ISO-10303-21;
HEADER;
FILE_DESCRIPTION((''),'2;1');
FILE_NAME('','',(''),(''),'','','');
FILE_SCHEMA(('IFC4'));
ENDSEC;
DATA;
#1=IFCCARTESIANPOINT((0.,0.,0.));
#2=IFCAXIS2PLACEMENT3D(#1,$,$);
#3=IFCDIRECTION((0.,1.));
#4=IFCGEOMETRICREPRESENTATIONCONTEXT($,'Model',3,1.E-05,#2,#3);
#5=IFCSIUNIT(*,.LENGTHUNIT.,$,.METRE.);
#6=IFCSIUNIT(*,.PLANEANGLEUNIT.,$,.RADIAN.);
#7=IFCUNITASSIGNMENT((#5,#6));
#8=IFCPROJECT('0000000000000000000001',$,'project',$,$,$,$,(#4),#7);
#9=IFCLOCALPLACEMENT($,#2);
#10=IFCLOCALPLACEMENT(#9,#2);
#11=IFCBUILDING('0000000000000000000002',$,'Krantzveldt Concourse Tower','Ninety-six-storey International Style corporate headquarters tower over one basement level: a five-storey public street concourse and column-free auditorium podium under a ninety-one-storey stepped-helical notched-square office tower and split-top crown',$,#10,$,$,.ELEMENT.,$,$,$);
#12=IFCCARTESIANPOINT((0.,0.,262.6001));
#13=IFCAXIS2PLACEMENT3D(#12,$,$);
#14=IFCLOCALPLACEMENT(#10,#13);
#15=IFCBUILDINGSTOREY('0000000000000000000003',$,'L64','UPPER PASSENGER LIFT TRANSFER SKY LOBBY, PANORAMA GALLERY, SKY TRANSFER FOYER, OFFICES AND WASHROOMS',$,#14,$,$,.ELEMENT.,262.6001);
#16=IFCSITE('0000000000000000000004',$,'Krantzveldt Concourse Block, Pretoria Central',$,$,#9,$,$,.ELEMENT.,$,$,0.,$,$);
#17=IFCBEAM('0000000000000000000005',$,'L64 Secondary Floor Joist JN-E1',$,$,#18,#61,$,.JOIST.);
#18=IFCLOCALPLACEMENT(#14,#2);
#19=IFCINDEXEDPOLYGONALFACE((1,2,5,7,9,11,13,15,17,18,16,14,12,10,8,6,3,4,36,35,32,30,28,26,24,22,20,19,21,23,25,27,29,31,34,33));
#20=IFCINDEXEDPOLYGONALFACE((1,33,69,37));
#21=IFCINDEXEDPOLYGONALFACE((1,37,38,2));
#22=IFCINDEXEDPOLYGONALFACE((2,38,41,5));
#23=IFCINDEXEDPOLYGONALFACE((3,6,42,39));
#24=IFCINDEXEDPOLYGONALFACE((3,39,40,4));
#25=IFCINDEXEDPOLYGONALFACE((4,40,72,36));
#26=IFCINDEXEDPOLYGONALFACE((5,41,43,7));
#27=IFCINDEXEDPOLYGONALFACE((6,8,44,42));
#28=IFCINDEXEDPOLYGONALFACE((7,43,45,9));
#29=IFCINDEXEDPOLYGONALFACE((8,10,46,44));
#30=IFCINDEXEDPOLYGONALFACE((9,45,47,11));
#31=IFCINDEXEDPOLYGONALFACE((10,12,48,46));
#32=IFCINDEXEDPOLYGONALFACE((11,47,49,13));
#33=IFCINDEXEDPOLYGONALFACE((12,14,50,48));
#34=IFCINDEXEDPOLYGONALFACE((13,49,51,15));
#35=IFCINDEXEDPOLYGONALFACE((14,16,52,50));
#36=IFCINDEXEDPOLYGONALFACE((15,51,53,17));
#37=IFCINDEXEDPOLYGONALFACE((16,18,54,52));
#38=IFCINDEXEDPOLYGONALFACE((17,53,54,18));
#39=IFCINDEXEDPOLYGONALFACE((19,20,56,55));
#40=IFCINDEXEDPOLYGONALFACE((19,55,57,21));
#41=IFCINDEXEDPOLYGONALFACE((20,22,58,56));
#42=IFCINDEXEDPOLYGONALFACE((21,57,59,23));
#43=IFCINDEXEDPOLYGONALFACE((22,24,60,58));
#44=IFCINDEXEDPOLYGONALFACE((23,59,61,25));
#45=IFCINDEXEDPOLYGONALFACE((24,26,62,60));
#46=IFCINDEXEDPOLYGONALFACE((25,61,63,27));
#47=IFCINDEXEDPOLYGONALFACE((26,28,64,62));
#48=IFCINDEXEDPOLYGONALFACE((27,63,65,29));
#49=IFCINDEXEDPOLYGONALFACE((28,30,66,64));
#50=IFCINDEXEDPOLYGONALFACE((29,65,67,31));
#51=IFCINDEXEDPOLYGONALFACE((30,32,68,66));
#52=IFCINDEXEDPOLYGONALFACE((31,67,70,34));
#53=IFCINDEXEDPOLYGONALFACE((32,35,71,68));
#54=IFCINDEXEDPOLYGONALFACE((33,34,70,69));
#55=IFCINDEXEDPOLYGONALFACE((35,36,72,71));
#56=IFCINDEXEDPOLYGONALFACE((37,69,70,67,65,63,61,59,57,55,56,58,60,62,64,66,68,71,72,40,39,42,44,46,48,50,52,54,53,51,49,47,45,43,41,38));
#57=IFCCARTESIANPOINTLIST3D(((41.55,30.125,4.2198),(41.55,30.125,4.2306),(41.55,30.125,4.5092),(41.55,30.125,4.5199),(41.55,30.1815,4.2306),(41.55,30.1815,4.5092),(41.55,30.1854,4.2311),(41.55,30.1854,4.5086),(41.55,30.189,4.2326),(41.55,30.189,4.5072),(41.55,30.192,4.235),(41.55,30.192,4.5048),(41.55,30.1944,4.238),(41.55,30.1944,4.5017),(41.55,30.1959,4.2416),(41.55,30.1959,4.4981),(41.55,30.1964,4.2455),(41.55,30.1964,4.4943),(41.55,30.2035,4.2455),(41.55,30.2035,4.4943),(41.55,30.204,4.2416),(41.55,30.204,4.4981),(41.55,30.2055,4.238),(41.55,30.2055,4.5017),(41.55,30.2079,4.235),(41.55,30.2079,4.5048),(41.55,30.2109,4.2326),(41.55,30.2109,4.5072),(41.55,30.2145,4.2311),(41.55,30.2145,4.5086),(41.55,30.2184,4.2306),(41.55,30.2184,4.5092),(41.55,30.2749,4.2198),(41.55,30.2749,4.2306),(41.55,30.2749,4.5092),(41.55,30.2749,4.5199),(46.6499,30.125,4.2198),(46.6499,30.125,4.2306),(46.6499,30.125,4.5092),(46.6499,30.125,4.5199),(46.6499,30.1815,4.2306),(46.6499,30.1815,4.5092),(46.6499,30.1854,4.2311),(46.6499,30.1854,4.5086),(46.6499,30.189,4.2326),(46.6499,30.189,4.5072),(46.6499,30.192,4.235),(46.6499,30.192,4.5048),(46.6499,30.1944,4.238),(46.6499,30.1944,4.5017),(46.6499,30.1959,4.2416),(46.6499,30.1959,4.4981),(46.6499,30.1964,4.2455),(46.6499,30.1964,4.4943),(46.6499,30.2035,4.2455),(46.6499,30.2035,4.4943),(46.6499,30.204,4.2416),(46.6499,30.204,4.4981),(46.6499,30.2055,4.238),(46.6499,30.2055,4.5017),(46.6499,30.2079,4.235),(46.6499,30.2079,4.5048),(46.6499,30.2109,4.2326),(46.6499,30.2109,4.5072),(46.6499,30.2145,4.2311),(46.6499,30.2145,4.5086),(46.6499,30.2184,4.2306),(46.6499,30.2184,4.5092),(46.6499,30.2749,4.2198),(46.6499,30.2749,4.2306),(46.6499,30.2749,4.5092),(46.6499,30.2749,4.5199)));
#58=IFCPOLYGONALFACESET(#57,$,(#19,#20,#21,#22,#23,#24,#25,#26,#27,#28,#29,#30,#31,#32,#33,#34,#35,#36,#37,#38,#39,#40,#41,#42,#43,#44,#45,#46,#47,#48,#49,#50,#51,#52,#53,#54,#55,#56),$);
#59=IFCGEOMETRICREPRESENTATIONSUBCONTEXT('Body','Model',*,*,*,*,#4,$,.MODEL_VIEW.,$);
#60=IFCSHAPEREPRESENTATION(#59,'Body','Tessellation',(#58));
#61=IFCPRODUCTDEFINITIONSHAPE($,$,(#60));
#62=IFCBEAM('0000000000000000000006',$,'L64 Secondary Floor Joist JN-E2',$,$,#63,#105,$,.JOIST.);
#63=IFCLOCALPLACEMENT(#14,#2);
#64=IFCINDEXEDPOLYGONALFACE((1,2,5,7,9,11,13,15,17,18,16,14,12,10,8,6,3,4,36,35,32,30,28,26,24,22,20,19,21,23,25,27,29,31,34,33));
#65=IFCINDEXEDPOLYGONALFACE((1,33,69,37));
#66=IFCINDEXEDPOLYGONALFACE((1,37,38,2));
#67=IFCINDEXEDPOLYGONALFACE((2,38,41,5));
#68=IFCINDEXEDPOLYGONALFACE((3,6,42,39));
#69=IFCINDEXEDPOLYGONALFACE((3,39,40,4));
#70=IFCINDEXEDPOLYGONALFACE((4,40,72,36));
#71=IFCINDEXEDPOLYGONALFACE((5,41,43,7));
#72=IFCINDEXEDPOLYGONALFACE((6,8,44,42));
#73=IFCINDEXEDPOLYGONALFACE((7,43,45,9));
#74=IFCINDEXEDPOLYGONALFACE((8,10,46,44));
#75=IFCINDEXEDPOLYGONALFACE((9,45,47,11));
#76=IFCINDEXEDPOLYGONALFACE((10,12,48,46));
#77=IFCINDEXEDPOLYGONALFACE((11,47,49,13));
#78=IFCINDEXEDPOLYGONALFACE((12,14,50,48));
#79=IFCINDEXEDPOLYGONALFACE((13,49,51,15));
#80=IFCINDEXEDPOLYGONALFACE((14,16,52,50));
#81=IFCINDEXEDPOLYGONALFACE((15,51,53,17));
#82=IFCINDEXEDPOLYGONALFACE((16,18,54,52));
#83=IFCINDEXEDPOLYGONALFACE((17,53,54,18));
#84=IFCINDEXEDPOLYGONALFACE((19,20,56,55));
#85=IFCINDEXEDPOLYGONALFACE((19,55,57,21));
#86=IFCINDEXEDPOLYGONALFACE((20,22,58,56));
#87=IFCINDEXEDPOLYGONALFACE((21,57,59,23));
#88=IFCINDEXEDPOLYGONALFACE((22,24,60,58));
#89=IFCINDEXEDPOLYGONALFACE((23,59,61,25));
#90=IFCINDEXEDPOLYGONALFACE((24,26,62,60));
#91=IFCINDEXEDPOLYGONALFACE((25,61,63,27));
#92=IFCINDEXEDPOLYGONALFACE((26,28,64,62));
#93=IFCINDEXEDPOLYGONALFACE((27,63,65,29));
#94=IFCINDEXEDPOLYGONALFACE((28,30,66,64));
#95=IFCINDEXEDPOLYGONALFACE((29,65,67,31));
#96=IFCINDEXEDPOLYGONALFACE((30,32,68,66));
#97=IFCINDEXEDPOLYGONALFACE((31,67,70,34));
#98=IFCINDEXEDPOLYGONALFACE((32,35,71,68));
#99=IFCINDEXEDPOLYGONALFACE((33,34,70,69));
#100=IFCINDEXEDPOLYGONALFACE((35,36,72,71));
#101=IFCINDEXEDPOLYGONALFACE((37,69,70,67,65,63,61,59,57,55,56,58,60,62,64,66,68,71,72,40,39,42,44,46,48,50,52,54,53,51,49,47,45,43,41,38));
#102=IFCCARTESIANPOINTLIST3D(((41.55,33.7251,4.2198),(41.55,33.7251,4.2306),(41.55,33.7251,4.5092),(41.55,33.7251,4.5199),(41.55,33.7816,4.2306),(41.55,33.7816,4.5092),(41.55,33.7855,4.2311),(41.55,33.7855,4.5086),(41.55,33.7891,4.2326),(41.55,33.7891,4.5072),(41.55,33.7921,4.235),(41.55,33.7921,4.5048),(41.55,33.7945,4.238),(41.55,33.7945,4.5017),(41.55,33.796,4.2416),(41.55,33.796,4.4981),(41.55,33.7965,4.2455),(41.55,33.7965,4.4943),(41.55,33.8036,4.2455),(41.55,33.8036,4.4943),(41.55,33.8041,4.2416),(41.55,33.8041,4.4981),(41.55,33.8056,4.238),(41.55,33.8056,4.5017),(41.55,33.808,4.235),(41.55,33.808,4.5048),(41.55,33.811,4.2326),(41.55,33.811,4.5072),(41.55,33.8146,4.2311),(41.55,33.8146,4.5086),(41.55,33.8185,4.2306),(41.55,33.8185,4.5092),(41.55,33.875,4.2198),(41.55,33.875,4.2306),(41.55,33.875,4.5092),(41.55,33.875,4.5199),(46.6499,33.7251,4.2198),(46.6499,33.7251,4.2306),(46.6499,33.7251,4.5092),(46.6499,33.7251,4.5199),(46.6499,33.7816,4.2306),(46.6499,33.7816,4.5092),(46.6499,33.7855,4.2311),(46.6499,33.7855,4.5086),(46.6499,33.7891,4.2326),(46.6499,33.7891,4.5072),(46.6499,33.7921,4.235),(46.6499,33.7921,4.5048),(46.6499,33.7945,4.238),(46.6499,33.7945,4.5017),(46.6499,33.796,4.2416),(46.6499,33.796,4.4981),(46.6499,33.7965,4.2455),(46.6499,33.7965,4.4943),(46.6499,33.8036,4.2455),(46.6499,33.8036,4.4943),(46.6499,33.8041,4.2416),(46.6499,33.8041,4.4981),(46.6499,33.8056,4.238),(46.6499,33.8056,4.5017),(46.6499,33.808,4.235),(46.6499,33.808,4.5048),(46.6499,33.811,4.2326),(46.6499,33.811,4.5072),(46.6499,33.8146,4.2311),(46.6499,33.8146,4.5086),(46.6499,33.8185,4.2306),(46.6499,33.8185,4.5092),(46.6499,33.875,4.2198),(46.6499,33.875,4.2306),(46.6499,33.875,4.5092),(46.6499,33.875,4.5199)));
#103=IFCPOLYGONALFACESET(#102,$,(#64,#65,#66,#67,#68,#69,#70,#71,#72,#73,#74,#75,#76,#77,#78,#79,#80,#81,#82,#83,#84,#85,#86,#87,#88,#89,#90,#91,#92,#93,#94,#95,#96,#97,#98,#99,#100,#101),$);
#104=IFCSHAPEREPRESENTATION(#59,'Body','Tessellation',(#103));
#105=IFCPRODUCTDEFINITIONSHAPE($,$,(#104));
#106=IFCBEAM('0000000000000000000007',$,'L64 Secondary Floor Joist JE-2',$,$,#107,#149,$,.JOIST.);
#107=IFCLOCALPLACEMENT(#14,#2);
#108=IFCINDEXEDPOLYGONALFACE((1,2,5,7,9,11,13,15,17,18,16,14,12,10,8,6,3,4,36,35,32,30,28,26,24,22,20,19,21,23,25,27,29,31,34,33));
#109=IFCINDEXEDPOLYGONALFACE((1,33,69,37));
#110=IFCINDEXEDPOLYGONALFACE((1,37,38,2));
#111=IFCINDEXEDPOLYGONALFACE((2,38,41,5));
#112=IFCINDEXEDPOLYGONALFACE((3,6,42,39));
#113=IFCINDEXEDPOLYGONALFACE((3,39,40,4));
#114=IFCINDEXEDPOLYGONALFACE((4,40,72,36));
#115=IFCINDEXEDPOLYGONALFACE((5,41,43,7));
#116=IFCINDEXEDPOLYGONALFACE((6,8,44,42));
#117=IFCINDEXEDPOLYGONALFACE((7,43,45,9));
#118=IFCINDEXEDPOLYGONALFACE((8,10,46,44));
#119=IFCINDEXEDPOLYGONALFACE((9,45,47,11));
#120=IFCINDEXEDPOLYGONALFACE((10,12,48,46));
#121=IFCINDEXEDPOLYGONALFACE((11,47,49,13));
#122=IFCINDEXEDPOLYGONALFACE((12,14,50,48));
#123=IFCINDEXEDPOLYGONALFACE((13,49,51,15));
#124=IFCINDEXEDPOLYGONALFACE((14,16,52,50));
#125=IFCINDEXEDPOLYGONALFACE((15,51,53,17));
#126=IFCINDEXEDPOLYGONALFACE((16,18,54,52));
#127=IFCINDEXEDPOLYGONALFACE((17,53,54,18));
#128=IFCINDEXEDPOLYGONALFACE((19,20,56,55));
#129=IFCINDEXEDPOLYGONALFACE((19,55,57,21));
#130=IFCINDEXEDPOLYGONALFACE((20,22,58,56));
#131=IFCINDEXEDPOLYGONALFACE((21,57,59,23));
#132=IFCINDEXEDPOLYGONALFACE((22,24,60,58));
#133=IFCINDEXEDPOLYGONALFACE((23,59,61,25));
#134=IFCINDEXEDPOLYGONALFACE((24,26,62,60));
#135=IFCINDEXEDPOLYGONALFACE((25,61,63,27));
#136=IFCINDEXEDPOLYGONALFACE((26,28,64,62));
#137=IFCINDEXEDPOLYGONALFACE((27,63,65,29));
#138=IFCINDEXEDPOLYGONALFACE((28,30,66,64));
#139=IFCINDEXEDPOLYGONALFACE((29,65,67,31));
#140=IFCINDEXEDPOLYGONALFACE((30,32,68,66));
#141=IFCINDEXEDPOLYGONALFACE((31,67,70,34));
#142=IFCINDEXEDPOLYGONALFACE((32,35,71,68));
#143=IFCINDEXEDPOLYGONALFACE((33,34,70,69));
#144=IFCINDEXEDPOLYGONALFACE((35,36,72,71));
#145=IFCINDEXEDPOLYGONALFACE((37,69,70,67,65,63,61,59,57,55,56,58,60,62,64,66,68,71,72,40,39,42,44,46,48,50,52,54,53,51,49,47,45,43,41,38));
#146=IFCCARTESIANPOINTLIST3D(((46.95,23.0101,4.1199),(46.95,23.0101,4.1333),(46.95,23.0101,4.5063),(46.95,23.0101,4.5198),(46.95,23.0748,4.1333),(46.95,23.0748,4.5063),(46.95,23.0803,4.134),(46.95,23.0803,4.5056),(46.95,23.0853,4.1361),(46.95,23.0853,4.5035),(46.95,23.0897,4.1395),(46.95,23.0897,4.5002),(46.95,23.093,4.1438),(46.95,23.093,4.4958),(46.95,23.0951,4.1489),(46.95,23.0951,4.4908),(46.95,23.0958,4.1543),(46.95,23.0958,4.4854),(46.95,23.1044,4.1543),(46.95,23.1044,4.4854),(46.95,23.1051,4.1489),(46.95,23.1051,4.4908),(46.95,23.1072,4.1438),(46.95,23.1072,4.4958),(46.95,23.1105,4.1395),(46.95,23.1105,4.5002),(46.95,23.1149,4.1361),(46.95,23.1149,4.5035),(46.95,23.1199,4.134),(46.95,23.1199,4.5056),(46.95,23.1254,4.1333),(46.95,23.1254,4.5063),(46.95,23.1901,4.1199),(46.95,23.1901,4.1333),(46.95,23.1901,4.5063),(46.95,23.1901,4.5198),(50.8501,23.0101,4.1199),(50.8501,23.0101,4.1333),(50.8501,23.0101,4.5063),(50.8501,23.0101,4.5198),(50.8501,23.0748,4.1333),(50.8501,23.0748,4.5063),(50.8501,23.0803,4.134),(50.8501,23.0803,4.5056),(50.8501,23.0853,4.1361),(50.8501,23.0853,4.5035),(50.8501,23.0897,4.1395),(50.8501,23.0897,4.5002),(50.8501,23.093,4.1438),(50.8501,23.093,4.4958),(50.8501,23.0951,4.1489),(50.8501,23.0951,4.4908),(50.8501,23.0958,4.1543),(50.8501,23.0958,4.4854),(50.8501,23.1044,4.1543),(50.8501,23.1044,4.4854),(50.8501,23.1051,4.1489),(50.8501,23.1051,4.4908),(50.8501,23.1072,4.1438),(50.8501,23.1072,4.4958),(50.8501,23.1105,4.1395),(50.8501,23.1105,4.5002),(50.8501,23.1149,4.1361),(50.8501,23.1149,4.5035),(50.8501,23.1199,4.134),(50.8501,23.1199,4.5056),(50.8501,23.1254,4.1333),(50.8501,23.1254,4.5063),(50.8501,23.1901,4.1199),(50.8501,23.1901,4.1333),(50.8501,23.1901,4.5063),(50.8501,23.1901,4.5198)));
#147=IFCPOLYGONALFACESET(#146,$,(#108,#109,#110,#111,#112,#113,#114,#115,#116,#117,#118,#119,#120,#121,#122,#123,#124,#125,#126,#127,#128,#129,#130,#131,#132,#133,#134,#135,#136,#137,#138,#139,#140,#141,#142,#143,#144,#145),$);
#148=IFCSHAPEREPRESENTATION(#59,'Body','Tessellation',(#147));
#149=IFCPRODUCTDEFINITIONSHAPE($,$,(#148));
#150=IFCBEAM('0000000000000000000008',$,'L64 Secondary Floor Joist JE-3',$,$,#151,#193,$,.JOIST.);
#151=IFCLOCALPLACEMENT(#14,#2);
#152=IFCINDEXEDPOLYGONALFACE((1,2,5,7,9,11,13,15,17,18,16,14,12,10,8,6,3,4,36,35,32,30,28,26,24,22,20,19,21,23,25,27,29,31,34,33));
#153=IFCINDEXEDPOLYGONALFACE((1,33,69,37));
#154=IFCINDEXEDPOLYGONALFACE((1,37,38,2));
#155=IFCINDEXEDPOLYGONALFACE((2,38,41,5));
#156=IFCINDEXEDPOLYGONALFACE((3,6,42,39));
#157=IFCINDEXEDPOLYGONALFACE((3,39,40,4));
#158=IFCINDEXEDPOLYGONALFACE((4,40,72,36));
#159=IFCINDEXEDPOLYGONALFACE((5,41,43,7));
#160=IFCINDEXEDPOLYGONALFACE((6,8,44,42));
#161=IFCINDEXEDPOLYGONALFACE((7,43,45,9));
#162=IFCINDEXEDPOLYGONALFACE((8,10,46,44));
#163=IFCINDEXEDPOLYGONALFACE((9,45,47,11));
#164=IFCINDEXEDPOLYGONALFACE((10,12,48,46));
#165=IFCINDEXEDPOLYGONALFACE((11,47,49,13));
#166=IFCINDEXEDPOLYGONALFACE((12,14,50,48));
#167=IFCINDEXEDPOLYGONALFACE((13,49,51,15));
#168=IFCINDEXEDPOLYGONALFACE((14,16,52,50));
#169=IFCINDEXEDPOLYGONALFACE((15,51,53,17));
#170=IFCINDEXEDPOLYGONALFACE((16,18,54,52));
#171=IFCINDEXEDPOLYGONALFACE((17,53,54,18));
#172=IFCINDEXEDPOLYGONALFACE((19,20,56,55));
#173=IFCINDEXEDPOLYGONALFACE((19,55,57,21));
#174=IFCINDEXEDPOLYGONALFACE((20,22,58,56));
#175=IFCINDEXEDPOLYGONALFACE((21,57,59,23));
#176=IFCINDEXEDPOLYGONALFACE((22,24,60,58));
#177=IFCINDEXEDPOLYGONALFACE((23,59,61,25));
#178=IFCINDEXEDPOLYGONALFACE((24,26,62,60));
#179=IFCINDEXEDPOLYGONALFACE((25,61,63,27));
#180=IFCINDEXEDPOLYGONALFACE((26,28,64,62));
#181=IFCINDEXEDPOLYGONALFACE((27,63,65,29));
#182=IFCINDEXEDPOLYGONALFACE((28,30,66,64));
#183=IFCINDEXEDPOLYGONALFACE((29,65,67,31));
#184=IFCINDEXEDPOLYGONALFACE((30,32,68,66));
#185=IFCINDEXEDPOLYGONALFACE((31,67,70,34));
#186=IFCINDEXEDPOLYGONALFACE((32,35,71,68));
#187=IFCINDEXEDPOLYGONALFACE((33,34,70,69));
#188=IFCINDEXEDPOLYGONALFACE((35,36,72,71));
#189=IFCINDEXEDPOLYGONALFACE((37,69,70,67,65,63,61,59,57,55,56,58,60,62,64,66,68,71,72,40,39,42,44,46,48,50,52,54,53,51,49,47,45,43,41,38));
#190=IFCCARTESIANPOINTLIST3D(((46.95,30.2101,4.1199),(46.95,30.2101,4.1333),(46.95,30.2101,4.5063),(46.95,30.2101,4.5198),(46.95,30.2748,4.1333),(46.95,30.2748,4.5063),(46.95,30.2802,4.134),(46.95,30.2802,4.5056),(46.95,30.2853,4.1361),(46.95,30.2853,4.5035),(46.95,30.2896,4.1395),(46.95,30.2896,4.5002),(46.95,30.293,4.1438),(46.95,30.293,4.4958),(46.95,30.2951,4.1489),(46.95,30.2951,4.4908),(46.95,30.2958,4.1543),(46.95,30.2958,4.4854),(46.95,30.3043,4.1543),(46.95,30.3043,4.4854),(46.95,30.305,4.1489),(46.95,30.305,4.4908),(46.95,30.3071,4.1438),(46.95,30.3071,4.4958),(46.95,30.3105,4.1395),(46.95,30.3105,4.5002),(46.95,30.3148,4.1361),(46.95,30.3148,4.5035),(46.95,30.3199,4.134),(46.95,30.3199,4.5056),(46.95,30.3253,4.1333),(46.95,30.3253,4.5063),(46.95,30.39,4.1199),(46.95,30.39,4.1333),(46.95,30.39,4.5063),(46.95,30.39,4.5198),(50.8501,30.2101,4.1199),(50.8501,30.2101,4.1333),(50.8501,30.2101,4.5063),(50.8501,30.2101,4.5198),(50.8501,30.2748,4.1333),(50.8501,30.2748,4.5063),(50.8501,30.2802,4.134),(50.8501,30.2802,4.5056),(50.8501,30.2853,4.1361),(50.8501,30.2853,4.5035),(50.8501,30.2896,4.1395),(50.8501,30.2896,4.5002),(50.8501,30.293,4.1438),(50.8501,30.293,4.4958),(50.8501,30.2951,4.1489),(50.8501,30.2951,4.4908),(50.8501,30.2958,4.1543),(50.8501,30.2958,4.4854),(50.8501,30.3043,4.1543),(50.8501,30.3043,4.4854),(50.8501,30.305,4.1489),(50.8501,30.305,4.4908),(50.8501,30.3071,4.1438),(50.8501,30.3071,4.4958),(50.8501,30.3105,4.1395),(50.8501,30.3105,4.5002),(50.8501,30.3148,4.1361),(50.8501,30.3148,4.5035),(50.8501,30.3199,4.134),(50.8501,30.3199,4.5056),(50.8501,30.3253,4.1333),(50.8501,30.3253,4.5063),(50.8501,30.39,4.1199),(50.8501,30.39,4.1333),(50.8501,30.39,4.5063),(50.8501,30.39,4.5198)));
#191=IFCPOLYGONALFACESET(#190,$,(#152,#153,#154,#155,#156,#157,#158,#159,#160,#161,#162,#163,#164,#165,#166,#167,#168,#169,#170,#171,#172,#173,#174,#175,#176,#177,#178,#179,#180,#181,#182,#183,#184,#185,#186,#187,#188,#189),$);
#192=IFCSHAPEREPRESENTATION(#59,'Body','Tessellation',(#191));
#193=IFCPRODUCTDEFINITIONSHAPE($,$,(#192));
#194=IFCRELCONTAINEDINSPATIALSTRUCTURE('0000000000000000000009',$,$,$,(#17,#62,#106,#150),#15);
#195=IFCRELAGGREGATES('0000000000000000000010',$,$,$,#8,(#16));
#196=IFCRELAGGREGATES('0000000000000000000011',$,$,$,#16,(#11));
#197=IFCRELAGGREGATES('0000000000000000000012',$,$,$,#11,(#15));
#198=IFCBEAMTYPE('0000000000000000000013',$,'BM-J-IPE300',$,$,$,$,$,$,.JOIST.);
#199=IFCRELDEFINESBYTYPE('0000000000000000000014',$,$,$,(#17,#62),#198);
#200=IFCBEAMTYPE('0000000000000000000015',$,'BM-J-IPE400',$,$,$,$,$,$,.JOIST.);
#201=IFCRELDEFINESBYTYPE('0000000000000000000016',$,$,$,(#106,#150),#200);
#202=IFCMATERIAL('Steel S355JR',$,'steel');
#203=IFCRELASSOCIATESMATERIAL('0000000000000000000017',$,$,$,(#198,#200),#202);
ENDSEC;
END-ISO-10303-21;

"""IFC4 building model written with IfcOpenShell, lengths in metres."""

from ifc_helpers import new_model, si_unit, direction, frame, origin, origin_2d, place, context, subcontext, project, spatial, i_section, extrude, source, transform, mapped, material, material_profile, profile_set, type_object, type_shapes, element, save


model = new_model("IFC4")

# Units and contexts
model_context = context("Model", 3, precision=1e-05, world=origin(), true_north=direction((0.0, 1.0)))
body_context = subcontext(model_context, "Body", "Model", "MODEL_VIEW")
ifc_project = project(units=[si_unit("LENGTHUNIT", "METRE"), si_unit("PLANEANGLEUNIT", "RADIAN")], contexts=[model_context])

# Site, building, storey
site_placement = place(None, origin())
site = spatial("IfcSite", under=ifc_project, at=site_placement, Name="Krantzveldt Concourse Block, Pretoria Central", CompositionType="ELEMENT", RefElevation=0.0)
building_placement = place(site_placement, origin())
building = spatial("IfcBuilding", under=site, at=building_placement, Name="Krantzveldt Concourse Tower", Description="Ninety-six-storey International Style corporate headquarters tower over one basement level: a five-storey public street concourse and column-free auditorium podium under a ninety-one-storey stepped-helical notched-square office tower and split-top crown", CompositionType="ELEMENT")
storey_placement = place(building_placement, frame((0.0, 0.0, 262.6001)))
storey = spatial("IfcBuildingStorey", under=building, at=storey_placement, Name="L64", Description="UPPER PASSENGER LIFT TRANSFER SKY LOBBY, PANORAMA GALLERY, SKY TRANSFER FOYER, OFFICES AND WASHROOMS", CompositionType="ELEMENT", Elevation=262.6001)

# Beams
ifc_material_1 = material(Name="Steel S355JR", Category="steel")
ifc_material_profile_1 = material_profile(ifc_material_1, i_section(OverallWidth=0.1499, OverallDepth=0.3, WebThickness=0.0071, FlangeThickness=0.0107, FilletRadius=0.0149, at=origin_2d()), Name="Steel S355JR", Category="steel")
ifc_profile_set_1 = profile_set([ifc_material_profile_1], Name="Steel S355JR - IPE 300")
beam_type_1 = type_object("IfcBeamType", Name="BM-J-IPE300", PredefinedType="JOIST", material=ifc_profile_set_1)
shared_shape_1 = source(origin(), body_context, "Body", "SweptSolid", [
    extrude(i_section(OverallWidth=0.1499, OverallDepth=0.3, WebThickness=0.0071, FlangeThickness=0.0107, FilletRadius=0.0149, at=origin_2d()), origin(), (0.0, 0.0, 1.0), 5.0999),
])
type_shapes(beam_type_1, [shared_shape_1])
for number, where, z_axis, x_axis, name in (
    (1, (41.55, 30.2, 4.3699), (1.0, 0.0, 0.0), (0.0, 1.0, 0.0), "L64 Secondary Floor Joist JN-E1"),
    (2, (41.55, 33.8, 4.3699), (1.0, 0.0, 0.0), (0.0, 1.0, 0.0), "L64 Secondary Floor Joist JN-E2"),
):
    element("IfcBeam", number, at=place(storey_placement, frame(where, z_axis=z_axis, x_axis=x_axis)), inside=storey, type_object=beam_type_1, Name=name, PredefinedType="JOIST", context=body_context, shape_type="MappedRepresentation", body=[
        mapped(shared_shape_1, transform((0.0, 0.0, 0.0), x_axis=(1.0, 0.0, 0.0), y_axis=(0.0, 1.0, 0.0), z_axis=(0.0, 0.0, 1.0), scale=1.0)),
    ])
ifc_material_profile_2 = material_profile(ifc_material_1, i_section(OverallWidth=0.1799, OverallDepth=0.3999, WebThickness=0.0085, FlangeThickness=0.0134, FilletRadius=0.021, at=origin_2d()), Name="Steel S355JR", Category="steel")
ifc_profile_set_2 = profile_set([ifc_material_profile_2], Name="Steel S355JR - IPE 400")
beam_type_2 = type_object("IfcBeamType", Name="BM-J-IPE400", PredefinedType="JOIST", material=ifc_profile_set_2)
shared_shape_2 = source(origin(), body_context, "Body", "SweptSolid", [
    extrude(i_section(OverallWidth=0.1799, OverallDepth=0.3999, WebThickness=0.0085, FlangeThickness=0.0134, FilletRadius=0.021, at=origin_2d()), origin(), (0.0, 0.0, 1.0), 3.9001),
])
type_shapes(beam_type_2, [shared_shape_2])
for number, where, z_axis, x_axis, name in (
    (3, (46.95, 23.1001, 4.3198), (1.0, 0.0, 0.0), (0.0, 1.0, 0.0), "L64 Secondary Floor Joist JE-2"),
    (4, (46.95, 30.3, 4.3198), (1.0, 0.0, 0.0), (0.0, 1.0, 0.0), "L64 Secondary Floor Joist JE-3"),
):
    element("IfcBeam", number, at=place(storey_placement, frame(where, z_axis=z_axis, x_axis=x_axis)), inside=storey, type_object=beam_type_2, Name=name, PredefinedType="JOIST", context=body_context, shape_type="MappedRepresentation", body=[
        mapped(shared_shape_2, transform((0.0, 0.0, 0.0), x_axis=(1.0, 0.0, 0.0), y_axis=(0.0, 1.0, 0.0), z_axis=(0.0, 0.0, 1.0), scale=1.0)),
    ])

save(model, "model.ifc")
